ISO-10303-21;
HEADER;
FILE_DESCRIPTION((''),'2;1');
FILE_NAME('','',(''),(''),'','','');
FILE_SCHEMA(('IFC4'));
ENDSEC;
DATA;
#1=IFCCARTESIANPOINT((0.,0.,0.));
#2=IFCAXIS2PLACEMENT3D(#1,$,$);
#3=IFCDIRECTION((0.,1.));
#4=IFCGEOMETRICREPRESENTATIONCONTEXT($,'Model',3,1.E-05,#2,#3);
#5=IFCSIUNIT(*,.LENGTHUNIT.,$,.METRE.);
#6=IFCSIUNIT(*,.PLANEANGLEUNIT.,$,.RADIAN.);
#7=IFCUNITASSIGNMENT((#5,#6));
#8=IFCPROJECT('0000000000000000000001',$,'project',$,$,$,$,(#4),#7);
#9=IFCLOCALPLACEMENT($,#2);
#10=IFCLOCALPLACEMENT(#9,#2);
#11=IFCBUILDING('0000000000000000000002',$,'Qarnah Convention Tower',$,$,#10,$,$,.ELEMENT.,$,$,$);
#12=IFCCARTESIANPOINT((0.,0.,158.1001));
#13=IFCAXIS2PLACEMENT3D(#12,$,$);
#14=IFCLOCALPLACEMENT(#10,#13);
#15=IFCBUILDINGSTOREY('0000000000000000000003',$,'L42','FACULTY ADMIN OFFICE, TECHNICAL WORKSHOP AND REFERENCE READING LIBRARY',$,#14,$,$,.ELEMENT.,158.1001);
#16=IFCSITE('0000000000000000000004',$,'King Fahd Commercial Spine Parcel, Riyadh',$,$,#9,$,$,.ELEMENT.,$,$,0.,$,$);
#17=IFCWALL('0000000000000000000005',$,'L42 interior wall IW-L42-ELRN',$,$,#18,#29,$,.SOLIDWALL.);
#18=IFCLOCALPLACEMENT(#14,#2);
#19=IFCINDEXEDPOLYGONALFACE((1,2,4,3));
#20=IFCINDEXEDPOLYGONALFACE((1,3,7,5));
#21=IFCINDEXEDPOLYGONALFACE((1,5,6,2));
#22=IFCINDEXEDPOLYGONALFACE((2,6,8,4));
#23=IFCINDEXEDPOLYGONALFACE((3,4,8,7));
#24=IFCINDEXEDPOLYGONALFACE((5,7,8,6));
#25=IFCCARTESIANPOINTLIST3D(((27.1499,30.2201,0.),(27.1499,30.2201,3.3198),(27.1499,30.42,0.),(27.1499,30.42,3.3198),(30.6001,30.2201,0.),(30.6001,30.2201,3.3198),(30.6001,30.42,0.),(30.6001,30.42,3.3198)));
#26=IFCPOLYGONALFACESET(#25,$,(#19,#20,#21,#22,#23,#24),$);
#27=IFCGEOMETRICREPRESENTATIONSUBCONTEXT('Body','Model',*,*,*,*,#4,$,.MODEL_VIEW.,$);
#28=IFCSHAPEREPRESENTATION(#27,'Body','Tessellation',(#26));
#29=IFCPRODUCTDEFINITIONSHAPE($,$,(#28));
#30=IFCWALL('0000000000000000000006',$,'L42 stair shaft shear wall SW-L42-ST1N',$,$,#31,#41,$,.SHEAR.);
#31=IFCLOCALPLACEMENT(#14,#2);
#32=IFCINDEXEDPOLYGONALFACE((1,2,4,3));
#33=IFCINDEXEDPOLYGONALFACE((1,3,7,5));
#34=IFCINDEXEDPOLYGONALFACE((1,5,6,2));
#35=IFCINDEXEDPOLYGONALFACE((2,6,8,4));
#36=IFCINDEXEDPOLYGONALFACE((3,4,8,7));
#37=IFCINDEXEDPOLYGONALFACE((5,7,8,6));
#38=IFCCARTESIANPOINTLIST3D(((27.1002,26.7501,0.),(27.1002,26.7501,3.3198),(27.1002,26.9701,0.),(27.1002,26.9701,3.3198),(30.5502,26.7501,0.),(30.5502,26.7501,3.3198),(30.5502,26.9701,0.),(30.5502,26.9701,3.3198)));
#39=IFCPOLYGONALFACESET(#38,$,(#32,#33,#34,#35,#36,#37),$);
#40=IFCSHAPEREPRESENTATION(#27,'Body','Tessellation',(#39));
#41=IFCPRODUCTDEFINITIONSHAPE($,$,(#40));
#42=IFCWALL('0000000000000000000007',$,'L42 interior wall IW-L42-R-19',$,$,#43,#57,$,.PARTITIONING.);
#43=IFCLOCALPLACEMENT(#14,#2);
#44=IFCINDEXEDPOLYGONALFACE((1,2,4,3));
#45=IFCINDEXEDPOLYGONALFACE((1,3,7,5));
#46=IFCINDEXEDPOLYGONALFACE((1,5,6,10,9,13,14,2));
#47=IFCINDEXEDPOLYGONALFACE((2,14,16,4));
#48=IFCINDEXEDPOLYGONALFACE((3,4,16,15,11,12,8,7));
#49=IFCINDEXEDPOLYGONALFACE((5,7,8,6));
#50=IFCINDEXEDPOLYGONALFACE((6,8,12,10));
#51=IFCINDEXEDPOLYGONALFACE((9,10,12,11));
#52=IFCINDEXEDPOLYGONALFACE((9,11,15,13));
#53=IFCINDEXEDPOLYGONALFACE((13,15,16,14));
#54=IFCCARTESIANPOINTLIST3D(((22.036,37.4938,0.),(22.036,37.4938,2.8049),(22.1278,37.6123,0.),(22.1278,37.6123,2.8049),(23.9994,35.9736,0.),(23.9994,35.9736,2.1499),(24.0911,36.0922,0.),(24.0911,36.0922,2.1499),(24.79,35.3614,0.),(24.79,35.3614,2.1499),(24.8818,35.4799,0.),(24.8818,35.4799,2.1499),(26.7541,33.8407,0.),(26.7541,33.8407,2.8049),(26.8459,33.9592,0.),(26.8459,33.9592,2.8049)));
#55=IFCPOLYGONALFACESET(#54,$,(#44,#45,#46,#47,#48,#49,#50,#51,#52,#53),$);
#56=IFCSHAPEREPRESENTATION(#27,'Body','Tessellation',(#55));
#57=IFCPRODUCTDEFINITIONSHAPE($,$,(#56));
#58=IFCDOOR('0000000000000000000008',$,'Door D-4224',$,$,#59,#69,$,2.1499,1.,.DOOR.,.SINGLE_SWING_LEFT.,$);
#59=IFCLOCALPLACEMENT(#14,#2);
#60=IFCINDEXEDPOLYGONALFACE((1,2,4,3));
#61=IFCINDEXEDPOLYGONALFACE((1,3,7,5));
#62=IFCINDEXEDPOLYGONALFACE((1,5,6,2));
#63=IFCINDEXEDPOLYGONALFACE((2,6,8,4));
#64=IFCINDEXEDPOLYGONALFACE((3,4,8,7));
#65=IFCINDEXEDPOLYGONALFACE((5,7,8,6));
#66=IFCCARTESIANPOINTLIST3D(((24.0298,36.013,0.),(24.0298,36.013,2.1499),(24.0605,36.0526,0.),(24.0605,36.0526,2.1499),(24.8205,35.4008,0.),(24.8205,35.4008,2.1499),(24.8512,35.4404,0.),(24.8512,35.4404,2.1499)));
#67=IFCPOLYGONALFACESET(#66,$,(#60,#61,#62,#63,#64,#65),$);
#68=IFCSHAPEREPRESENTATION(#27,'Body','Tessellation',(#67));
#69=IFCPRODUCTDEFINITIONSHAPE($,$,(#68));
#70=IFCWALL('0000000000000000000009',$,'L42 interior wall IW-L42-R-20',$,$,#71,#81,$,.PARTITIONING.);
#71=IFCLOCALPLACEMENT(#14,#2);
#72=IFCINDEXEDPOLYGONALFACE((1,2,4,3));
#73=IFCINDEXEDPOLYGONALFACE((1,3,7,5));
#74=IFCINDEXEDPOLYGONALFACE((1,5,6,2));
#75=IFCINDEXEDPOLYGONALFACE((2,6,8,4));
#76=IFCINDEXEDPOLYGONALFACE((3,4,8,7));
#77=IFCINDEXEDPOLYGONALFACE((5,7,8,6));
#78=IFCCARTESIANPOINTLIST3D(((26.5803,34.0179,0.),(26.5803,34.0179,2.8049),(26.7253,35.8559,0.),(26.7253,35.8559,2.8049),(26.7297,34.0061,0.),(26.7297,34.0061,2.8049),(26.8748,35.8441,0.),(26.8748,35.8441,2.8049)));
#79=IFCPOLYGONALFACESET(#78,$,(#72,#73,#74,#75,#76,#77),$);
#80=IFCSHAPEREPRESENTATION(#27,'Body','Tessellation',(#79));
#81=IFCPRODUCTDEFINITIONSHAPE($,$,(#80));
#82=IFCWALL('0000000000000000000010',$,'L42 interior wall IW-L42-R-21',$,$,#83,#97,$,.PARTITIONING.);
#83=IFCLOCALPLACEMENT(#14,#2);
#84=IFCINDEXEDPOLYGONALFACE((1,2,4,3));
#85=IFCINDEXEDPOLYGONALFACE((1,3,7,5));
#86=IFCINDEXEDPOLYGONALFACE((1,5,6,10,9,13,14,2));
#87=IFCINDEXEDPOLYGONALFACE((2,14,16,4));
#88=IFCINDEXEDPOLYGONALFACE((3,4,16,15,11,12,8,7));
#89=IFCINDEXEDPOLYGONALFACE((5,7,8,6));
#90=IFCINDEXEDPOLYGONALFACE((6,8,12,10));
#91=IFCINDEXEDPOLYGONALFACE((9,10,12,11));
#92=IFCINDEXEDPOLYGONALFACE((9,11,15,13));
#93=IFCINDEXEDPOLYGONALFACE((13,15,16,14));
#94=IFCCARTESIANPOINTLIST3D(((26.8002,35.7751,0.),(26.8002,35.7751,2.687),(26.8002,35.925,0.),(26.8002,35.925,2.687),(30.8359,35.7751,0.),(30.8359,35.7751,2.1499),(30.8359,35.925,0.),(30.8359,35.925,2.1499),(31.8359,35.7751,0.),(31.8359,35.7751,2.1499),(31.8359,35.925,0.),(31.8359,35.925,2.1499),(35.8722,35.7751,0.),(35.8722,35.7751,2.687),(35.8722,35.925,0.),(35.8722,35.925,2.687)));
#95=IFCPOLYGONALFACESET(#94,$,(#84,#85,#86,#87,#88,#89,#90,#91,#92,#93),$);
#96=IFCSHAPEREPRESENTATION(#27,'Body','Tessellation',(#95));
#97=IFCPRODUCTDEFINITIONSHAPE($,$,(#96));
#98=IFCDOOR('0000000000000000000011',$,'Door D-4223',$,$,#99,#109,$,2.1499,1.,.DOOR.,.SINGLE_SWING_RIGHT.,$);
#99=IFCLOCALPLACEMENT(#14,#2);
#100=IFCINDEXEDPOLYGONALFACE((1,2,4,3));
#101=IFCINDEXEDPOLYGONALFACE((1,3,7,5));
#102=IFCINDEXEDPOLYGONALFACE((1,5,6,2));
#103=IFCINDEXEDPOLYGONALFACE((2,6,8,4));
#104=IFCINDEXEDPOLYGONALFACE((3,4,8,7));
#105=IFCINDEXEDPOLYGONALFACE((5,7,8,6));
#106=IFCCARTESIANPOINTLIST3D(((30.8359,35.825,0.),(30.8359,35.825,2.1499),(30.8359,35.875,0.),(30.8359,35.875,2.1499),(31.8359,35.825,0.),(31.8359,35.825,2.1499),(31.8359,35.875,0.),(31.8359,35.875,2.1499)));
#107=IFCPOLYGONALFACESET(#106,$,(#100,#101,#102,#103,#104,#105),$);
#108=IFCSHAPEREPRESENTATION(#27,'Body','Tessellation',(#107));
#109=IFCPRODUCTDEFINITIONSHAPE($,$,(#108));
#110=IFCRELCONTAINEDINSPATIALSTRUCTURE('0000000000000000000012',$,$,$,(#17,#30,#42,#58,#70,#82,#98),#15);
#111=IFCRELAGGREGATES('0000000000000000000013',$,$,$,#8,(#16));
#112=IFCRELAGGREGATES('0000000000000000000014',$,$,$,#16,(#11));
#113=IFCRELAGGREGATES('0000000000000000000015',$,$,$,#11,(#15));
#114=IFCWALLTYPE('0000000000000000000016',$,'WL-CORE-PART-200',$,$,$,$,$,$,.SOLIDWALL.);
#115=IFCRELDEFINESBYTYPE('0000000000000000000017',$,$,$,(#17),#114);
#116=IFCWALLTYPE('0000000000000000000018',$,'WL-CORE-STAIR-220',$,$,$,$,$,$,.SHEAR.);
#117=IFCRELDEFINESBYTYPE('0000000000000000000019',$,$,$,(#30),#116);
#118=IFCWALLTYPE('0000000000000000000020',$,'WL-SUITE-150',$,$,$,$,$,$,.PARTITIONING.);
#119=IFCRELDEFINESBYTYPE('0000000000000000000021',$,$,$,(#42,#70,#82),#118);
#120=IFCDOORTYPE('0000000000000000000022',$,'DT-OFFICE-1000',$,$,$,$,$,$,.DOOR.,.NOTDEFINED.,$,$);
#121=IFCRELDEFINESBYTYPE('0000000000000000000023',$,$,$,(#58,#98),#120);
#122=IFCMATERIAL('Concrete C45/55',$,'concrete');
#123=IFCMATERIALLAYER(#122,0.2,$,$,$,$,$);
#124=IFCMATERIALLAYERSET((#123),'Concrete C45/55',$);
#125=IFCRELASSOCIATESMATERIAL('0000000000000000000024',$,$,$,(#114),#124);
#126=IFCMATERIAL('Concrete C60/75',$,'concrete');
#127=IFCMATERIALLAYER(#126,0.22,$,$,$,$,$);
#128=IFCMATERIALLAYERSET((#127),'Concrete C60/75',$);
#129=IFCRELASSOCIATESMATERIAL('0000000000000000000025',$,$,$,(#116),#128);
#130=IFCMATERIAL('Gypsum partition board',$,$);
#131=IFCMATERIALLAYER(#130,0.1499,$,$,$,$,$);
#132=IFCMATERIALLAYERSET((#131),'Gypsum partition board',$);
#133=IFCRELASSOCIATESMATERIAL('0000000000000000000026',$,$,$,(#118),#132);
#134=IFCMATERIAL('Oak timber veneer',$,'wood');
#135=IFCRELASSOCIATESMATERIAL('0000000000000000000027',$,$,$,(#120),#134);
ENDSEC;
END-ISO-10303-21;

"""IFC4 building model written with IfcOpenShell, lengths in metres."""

from ifc_helpers import new_model, si_unit, direction, frame, frame_2d, origin, place, context, subcontext, project, spatial, rectangle, extrude, material, layer, layer_set, type_object, element, fill, save


model = new_model("IFC4")

# Units and contexts
model_context = context("Model", 3, precision=1e-05, world=origin(), true_north=direction((0.0, 1.0)))
body_context = subcontext(model_context, "Body", "Model", "MODEL_VIEW")
ifc_project = project(units=[si_unit("LENGTHUNIT", "METRE"), si_unit("PLANEANGLEUNIT", "RADIAN")], contexts=[model_context])

# Site, building, storey
site_placement = place(None, origin())
site = spatial("IfcSite", under=ifc_project, at=site_placement, Name="King Fahd Commercial Spine Parcel, Riyadh", CompositionType="ELEMENT", RefElevation=0.0)
building_placement = place(site_placement, origin())
building = spatial("IfcBuilding", under=site, at=building_placement, Name="Qarnah Convention Tower", CompositionType="ELEMENT")
storey_placement = place(building_placement, frame((0.0, 0.0, 158.1001)))
storey = spatial("IfcBuildingStorey", under=building, at=storey_placement, Name="L42", Description="FACULTY ADMIN OFFICE, TECHNICAL WORKSHOP AND REFERENCE READING LIBRARY", CompositionType="ELEMENT", Elevation=158.1001)

# Shared definitions
ifc_material_1 = material(Name="Concrete C60/75", Category="concrete")

# Walls
ifc_material_2 = material(Name="Concrete C45/55", Category="concrete")
ifc_layer_1 = layer(ifc_material_2, 0.2)
ifc_layer_set_1 = layer_set([ifc_layer_1], Name="Concrete C45/55")
wall_type_1 = type_object("IfcWallType", Name="WL-CORE-PART-200", PredefinedType="SOLIDWALL", material=ifc_layer_set_1)
wall_1_placement = place(storey_placement, frame((27.1499, 30.3201, 0.0), z_axis=(0.0, 0.0, 1.0), x_axis=(1.0, 0.0, 0.0)))
element("IfcWall", 1, at=wall_1_placement, inside=storey, type_object=wall_type_1, Name="L42 interior wall IW-L42-ELRN", PredefinedType="SOLIDWALL", context=body_context, shape_type="SweptSolid", body=[
    extrude(rectangle(XDim=3.4502, YDim=0.2, at=frame_2d((1.7251, 0.0))), origin(), (0.0, 0.0, 1.0), 3.3198),
])
ifc_layer_2 = layer(ifc_material_1, 0.22)
ifc_layer_set_2 = layer_set([ifc_layer_2], Name="Concrete C60/75")
wall_type_2 = type_object("IfcWallType", Name="WL-CORE-STAIR-220", PredefinedType="SHEAR", material=ifc_layer_set_2)
wall_2_placement = place(storey_placement, frame((27.1001, 26.8601, 0.0), z_axis=(0.0, 0.0, 1.0), x_axis=(1.0, 0.0, 0.0)))
element("IfcWall", 2, at=wall_2_placement, inside=storey, type_object=wall_type_2, Name="L42 stair shaft shear wall SW-L42-ST1N", PredefinedType="SHEAR", context=body_context, shape_type="SweptSolid", body=[
    extrude(rectangle(XDim=3.45, YDim=0.22, at=frame_2d((1.7251, 0.0))), origin(), (0.0, 0.0, 1.0), 3.3198),
])

# Wall, opening, door
ifc_material_3 = material(Name="Gypsum partition board")
ifc_layer_3 = layer(ifc_material_3, 0.1499)
ifc_layer_set_3 = layer_set([ifc_layer_3], Name="Gypsum partition board")
wall_type_3 = type_object("IfcWallType", Name="WL-SUITE-150", PredefinedType="PARTITIONING", material=ifc_layer_set_3)
wall_3_placement = place(storey_placement, frame((22.082, 37.553, 0.0), z_axis=(0.0, 0.0, 1.0), x_axis=(0.79069, -0.612217, 0.0)))
wall_3 = element("IfcWall", 3, at=wall_3_placement, inside=storey, type_object=wall_type_3, Name="L42 interior wall IW-L42-R-19", PredefinedType="PARTITIONING", context=body_context, shape_type="SweptSolid", body=[
    extrude(rectangle(XDim=5.967, YDim=0.1499, at=frame_2d((2.9834, 0.0))), origin(), (0.0, 0.0, 1.0), 2.8049),
])
opening_1_placement = place(wall_3_placement, frame((2.4829, 0.0, 0.0)))
opening_1 = element("IfcOpeningElement", 4, at=opening_1_placement, cuts=wall_3, PredefinedType="OPENING", context=body_context, shape_type="SweptSolid", body=[
    extrude(rectangle(XDim=1.0, YDim=2.1499, at=frame_2d((0.5, 1.075))), frame((0.0, 0.085, 0.0), z_axis=(0.0, -1.0, 0.0), x_axis=(1.0, 0.0, 0.0)), (0.0, 0.0, 1.0), 0.1699),
])
ifc_material_4 = material(Name="Oak timber veneer", Category="wood")
door_type_1 = type_object("IfcDoorType", Name="DT-OFFICE-1000", OperationType="NOTDEFINED", PredefinedType="DOOR", material=ifc_material_4)
door_1_placement = place(opening_1_placement, origin())
door_1 = element("IfcDoor", 5, at=door_1_placement, inside=storey, type_object=door_type_1, Name="Door D-4224", OperationType="SINGLE_SWING_LEFT", OverallHeight=2.1499, OverallWidth=1.0, PredefinedType="DOOR", context=body_context, shape_type="SweptSolid", body=[
    extrude(rectangle(XDim=1.0, YDim=2.1499, at=frame_2d((0.5, 1.075))), frame((0.0, 0.0249, 0.0), z_axis=(0.0, -1.0, 0.0), x_axis=(1.0, 0.0, 0.0)), (0.0, 0.0, 1.0), 0.05),
])
fill(opening_1, door_1)

# Wall
wall_4_placement = place(storey_placement, frame((26.655, 34.012, 0.0), z_axis=(0.0, 0.0, 1.0), x_axis=(0.078651, 0.996902, 0.0)))
element("IfcWall", 6, at=wall_4_placement, inside=storey, type_object=wall_type_3, Name="L42 interior wall IW-L42-R-20", PredefinedType="PARTITIONING", context=body_context, shape_type="SweptSolid", body=[
    extrude(rectangle(XDim=1.8438, YDim=0.1499, at=frame_2d((0.9219, 0.0))), origin(), (0.0, 0.0, 1.0), 2.8049),
])

# Wall, opening, door
wall_5_placement = place(storey_placement, frame((26.8, 35.8501, 0.0), z_axis=(0.0, 0.0, 1.0), x_axis=(1.0, 0.0, 0.0)))
wall_5 = element("IfcWall", 7, at=wall_5_placement, inside=storey, type_object=wall_type_3, Name="L42 interior wall IW-L42-R-21", PredefinedType="PARTITIONING", context=body_context, shape_type="SweptSolid", body=[
    extrude(rectangle(XDim=9.072, YDim=0.1499, at=frame_2d((4.5361, 0.0))), origin(), (0.0, 0.0, 1.0), 2.687),
])
opening_2_placement = place(wall_5_placement, frame((4.0359, 0.0, 0.0)))
opening_2 = element("IfcOpeningElement", 8, at=opening_2_placement, cuts=wall_5, PredefinedType="OPENING", context=body_context, shape_type="SweptSolid", body=[
    extrude(rectangle(XDim=1.0, YDim=2.1499, at=frame_2d((0.5, 1.075))), frame((0.0, 0.085, 0.0), z_axis=(0.0, -1.0, 0.0), x_axis=(1.0, 0.0, 0.0)), (0.0, 0.0, 1.0), 0.1699),
])
door_2_placement = place(opening_2_placement, origin())
door_2 = element("IfcDoor", 9, at=door_2_placement, inside=storey, type_object=door_type_1, Name="Door D-4223", OperationType="SINGLE_SWING_RIGHT", OverallHeight=2.1499, OverallWidth=1.0, PredefinedType="DOOR", context=body_context, shape_type="SweptSolid", body=[
    extrude(rectangle(XDim=1.0, YDim=2.1499, at=frame_2d((0.5, 1.075))), frame((0.0, 0.0249, 0.0), z_axis=(0.0, -1.0, 0.0), x_axis=(1.0, 0.0, 0.0)), (0.0, 0.0, 1.0), 0.05),
])
fill(opening_2, door_2)

save(model, "model.ifc")
